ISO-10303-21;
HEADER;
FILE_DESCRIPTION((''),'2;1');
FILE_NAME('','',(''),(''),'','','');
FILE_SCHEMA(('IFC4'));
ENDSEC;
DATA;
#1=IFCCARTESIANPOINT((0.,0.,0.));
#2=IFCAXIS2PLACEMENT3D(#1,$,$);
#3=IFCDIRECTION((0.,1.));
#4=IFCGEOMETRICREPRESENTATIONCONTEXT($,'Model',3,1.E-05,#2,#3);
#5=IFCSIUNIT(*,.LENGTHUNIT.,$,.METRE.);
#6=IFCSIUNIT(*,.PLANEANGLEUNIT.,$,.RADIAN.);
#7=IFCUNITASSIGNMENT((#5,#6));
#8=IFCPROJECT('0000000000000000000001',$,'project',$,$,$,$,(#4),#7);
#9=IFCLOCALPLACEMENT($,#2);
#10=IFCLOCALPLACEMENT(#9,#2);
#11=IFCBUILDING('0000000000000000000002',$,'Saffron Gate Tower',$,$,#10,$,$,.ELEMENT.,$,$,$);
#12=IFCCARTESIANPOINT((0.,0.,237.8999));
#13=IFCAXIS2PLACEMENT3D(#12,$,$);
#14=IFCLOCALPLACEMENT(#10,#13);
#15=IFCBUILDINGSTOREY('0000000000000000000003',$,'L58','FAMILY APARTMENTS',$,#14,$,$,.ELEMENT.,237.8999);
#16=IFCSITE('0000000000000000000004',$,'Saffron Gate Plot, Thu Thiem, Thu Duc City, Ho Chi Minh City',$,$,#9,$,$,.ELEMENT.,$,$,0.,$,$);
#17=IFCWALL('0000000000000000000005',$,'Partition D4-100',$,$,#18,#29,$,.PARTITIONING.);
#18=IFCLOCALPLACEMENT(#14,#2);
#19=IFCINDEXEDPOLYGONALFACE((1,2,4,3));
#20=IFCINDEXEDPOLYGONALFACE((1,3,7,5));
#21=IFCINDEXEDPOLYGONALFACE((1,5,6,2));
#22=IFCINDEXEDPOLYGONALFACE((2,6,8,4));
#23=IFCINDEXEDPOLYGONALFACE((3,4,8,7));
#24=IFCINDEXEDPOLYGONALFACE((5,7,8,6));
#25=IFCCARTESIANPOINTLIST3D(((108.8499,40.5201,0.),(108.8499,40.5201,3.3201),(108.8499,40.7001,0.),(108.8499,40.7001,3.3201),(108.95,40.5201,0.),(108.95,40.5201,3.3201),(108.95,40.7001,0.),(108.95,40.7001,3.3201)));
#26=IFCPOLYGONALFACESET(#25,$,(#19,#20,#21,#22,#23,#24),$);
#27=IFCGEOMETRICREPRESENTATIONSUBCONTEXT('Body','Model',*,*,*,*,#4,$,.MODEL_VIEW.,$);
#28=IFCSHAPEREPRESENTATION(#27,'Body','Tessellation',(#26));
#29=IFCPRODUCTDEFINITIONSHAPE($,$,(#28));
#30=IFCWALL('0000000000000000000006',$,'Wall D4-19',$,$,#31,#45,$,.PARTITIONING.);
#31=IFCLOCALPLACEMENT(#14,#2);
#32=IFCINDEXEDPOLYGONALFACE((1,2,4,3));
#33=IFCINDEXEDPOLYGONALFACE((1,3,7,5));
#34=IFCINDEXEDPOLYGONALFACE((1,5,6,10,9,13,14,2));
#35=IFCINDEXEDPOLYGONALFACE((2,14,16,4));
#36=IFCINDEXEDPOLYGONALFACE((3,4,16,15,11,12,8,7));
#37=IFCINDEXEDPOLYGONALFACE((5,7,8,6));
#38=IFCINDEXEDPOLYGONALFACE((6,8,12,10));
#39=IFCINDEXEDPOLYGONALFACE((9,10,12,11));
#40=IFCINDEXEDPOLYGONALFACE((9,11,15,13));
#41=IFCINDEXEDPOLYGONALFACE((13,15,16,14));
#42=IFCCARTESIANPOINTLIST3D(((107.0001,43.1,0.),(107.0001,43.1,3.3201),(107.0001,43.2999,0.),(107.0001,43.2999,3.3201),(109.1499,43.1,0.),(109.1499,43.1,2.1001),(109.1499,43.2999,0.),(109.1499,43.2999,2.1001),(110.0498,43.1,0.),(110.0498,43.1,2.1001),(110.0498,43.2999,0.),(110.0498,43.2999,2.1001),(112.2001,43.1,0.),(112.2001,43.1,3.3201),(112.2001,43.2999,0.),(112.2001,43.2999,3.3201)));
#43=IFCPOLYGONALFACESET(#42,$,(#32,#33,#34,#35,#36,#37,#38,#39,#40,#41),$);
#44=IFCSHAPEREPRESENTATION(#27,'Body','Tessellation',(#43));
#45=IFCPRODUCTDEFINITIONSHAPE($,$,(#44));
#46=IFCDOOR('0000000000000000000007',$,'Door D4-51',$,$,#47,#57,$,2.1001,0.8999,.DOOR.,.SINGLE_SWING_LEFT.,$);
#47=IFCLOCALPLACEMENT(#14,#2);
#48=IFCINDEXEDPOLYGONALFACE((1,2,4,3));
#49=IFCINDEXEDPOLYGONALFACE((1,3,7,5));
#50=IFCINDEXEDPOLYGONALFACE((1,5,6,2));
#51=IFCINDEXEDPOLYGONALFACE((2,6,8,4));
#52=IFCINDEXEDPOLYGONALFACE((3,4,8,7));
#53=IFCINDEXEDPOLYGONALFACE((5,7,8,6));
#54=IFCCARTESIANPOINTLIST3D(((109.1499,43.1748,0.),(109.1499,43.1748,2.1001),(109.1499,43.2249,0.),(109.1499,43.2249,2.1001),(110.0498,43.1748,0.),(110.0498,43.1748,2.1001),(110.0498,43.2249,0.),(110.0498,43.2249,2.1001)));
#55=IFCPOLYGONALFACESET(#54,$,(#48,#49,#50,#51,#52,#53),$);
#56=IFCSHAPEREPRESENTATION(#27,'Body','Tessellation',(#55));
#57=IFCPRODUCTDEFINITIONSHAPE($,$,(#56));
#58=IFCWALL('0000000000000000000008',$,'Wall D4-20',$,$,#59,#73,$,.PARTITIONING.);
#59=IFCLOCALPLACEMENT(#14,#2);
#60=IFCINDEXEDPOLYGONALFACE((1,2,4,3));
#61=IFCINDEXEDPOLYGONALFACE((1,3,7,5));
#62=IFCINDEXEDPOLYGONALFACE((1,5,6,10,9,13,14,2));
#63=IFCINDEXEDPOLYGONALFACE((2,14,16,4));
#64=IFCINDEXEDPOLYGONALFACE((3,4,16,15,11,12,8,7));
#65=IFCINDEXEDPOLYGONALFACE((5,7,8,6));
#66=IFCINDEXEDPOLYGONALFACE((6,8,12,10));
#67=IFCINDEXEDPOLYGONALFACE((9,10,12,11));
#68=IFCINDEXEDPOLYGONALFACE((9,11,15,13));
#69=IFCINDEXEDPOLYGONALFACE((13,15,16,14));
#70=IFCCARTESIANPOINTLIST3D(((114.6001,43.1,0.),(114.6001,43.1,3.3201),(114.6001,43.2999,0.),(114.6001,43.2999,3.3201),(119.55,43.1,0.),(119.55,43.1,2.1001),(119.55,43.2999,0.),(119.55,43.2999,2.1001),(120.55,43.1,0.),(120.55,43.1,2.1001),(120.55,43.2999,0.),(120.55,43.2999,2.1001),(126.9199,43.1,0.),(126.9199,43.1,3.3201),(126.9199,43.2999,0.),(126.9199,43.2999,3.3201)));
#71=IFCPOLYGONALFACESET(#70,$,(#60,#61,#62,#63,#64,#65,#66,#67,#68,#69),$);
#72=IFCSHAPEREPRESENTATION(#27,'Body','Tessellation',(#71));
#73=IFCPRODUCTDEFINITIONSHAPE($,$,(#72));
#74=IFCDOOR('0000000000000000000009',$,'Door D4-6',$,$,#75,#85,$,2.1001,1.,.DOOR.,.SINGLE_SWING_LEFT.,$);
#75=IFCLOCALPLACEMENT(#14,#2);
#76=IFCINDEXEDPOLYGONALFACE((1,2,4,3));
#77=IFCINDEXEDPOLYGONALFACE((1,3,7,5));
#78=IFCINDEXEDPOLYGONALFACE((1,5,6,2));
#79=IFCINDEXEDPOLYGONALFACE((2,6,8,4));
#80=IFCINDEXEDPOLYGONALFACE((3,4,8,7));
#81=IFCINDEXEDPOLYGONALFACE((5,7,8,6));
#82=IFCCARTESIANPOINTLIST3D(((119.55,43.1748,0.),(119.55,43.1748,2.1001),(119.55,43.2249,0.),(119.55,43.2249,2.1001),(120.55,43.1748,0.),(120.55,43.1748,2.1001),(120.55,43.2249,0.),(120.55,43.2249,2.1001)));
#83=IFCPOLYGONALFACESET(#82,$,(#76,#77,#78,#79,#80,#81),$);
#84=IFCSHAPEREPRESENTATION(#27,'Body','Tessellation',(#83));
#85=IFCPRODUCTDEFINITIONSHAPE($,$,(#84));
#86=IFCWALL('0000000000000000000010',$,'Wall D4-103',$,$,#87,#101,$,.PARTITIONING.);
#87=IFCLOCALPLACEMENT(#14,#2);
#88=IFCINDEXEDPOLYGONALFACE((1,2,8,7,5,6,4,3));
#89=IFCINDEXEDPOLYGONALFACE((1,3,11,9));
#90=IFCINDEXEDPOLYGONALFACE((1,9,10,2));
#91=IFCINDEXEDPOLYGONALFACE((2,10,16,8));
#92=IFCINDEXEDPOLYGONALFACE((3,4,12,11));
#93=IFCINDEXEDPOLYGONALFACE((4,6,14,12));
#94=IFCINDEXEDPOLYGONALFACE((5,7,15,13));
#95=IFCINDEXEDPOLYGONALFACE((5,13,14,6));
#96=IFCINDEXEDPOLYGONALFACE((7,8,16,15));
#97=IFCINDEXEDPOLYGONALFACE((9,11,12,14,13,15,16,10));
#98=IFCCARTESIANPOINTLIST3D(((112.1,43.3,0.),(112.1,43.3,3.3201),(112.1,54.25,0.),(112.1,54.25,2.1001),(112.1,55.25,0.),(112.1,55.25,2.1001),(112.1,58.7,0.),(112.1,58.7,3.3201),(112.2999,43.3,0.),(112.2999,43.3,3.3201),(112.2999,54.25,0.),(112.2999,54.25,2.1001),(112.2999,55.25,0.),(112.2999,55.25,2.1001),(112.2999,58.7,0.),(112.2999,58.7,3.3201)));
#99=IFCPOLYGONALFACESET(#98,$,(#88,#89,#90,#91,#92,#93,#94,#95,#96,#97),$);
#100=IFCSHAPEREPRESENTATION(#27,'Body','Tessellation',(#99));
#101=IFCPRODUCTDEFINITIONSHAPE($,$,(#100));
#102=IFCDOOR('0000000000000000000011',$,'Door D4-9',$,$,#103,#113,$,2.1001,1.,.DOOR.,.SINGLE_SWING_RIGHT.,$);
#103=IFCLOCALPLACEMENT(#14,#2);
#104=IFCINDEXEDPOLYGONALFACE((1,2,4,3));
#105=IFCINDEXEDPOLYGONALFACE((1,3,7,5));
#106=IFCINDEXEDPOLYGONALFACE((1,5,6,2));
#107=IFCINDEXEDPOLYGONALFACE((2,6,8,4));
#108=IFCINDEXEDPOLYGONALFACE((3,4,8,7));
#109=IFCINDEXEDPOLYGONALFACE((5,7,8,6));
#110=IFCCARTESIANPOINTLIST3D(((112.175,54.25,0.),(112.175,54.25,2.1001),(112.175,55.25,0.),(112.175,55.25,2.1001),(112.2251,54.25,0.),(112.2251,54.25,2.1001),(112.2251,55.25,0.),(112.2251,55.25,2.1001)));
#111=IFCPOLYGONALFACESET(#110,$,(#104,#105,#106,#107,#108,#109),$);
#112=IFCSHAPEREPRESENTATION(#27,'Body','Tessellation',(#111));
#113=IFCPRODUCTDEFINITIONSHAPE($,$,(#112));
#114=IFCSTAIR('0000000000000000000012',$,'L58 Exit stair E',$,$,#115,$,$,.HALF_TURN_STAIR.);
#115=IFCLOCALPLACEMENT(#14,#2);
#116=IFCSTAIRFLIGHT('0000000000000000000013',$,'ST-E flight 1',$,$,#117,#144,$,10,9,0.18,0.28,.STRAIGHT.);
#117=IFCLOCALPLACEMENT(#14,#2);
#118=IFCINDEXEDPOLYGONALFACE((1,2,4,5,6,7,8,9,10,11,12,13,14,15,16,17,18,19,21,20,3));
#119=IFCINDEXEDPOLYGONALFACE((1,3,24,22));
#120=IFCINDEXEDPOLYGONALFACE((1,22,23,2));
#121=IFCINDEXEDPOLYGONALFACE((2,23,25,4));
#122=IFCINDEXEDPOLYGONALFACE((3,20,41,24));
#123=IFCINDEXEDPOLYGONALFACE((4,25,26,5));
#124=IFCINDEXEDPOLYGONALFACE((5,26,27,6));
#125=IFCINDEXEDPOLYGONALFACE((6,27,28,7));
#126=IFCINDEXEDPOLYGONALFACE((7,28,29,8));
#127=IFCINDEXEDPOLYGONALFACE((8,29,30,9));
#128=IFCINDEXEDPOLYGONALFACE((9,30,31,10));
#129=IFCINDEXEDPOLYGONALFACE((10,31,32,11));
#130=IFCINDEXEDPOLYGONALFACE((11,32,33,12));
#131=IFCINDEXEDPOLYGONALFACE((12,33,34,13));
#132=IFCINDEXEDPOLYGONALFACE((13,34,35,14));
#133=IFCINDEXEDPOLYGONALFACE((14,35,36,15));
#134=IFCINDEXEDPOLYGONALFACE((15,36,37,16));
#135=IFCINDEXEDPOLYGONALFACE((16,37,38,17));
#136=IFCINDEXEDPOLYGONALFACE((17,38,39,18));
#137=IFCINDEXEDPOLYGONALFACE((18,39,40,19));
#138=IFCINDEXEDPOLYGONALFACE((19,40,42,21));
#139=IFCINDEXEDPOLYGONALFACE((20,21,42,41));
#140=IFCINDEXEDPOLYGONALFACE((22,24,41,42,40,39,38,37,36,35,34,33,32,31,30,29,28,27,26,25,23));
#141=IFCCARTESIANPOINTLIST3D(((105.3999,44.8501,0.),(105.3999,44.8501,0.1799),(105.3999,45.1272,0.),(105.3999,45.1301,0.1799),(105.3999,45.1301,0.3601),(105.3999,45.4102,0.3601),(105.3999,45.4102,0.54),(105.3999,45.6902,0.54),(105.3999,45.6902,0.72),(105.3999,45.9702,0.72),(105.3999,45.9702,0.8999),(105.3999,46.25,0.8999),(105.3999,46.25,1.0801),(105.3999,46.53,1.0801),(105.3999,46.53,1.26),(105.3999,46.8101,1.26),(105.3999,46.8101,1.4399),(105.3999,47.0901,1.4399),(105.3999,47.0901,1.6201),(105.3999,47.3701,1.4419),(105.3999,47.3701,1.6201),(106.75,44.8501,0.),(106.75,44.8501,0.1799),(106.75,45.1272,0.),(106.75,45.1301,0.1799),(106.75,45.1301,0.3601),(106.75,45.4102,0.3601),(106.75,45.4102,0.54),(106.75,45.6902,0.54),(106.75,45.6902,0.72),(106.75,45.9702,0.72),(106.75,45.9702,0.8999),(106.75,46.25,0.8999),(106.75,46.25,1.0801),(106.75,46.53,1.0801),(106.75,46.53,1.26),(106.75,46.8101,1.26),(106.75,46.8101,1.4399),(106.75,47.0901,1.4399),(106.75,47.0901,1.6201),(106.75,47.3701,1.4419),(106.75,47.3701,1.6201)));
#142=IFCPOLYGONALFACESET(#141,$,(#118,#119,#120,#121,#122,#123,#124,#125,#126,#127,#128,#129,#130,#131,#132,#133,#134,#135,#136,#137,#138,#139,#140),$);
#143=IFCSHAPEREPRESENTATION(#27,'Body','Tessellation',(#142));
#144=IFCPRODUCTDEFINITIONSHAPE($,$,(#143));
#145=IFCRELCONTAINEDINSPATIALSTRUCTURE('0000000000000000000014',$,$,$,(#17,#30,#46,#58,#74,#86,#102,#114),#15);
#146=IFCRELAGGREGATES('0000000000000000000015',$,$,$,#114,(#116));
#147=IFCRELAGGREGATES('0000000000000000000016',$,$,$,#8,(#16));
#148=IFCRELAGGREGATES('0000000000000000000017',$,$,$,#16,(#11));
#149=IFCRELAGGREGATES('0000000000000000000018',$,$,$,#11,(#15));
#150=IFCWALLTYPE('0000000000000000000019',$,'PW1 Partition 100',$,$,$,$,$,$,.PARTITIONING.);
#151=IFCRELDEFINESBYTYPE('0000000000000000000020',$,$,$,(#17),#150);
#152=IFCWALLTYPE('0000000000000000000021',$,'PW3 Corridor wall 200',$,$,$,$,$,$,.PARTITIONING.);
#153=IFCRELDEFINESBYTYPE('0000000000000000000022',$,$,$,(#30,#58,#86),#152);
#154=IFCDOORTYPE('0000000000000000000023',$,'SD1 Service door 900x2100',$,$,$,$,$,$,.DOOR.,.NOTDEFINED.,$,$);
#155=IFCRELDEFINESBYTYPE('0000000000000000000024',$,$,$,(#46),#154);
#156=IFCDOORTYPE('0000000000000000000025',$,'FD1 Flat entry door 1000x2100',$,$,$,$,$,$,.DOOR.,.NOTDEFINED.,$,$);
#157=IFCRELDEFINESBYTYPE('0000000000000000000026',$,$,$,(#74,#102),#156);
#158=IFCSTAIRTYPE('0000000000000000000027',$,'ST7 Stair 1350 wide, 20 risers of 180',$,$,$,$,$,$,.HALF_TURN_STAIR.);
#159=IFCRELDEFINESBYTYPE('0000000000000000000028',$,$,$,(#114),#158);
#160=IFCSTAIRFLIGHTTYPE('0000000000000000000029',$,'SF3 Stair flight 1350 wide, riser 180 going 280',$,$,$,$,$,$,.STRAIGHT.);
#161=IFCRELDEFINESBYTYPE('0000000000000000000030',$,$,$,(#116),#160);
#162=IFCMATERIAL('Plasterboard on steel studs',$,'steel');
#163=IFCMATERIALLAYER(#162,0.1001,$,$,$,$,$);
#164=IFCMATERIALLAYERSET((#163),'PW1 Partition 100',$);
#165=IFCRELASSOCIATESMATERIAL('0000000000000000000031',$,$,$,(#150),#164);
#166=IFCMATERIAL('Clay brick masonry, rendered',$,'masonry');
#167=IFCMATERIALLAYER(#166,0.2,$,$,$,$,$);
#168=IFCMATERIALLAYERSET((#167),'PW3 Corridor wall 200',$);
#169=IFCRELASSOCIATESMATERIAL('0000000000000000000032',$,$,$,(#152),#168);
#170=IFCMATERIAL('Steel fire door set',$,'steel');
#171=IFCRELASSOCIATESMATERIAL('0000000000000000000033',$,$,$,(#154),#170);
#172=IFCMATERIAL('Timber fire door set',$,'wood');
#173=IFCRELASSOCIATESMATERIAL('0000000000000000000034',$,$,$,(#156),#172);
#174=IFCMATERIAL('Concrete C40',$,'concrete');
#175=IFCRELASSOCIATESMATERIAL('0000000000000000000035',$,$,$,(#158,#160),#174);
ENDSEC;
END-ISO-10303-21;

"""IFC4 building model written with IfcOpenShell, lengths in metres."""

from ifc_helpers import new_model, si_unit, direction, frame, frame_2d, origin, place, context, subcontext, project, spatial, polyline, rectangle, outline, extrude, material, layer, layer_set, type_object, element, fill, aggregate, save


model = new_model("IFC4")

# Units and contexts
model_context = context("Model", 3, precision=1e-05, world=origin(), true_north=direction((0.0, 1.0)))
body_context = subcontext(model_context, "Body", "Model", "MODEL_VIEW")
ifc_project = project(units=[si_unit("LENGTHUNIT", "METRE"), si_unit("PLANEANGLEUNIT", "RADIAN")], contexts=[model_context])

# Site, building, storey
site_placement = place(None, origin())
site = spatial("IfcSite", under=ifc_project, at=site_placement, Name="Saffron Gate Plot, Thu Thiem, Thu Duc City, Ho Chi Minh City", CompositionType="ELEMENT", RefElevation=0.0)
building_placement = place(site_placement, origin())
building = spatial("IfcBuilding", under=site, at=building_placement, Name="Saffron Gate Tower", CompositionType="ELEMENT")
storey_placement = place(building_placement, frame((0.0, 0.0, 237.8999)))
storey = spatial("IfcBuildingStorey", under=building, at=storey_placement, Name="L58", Description="FAMILY APARTMENTS", CompositionType="ELEMENT", Elevation=237.8999)

# Shared definitions
ifc_material_1 = material(Name="Steel fire door set", Category="steel")

# Shared definitions
ifc_material_2 = material(Name="Plasterboard on steel studs", Category="steel")
ifc_layer_1 = layer(ifc_material_2, 0.1001)
ifc_layer_set_1 = layer_set([ifc_layer_1], Name="PW1 Partition 100")
wall_type_1 = type_object("IfcWallType", Name="PW1 Partition 100", PredefinedType="PARTITIONING", material=ifc_layer_set_1)

# Wall
wall_1_placement = place(storey_placement, frame((108.8999, 40.7, 0.0), z_axis=(0.0, 0.0, 1.0), x_axis=(0.0, -1.0, 0.0)))
element("IfcWall", 1, at=wall_1_placement, inside=storey, type_object=wall_type_1, Name="Partition D4-100", PredefinedType="PARTITIONING", context=body_context, shape_type="SweptSolid", body=[
    extrude(rectangle(XDim=0.1799, YDim=0.1001, at=frame_2d((0.0898, 0.0))), origin(), (0.0, 0.0, 1.0), 3.3201),
])

# Walls, openings, doors
ifc_material_3 = material(Name="Clay brick masonry, rendered", Category="masonry")
ifc_layer_2 = layer(ifc_material_3, 0.2)
ifc_layer_set_2 = layer_set([ifc_layer_2], Name="PW3 Corridor wall 200")
wall_type_2 = type_object("IfcWallType", Name="PW3 Corridor wall 200", PredefinedType="PARTITIONING", material=ifc_layer_set_2)
wall_2_placement = place(storey_placement, frame((107.0, 43.2, 0.0), z_axis=(0.0, 0.0, 1.0), x_axis=(1.0, 0.0, 0.0)))
wall_2 = element("IfcWall", 2, at=wall_2_placement, inside=storey, type_object=wall_type_2, Name="Wall D4-19", PredefinedType="PARTITIONING", context=body_context, shape_type="SweptSolid", body=[
    extrude(rectangle(XDim=5.2, YDim=0.2, at=frame_2d((2.6001, 0.0))), origin(), (0.0, 0.0, 1.0), 3.3201),
])
opening_1_placement = place(wall_2_placement, frame((2.1499, 0.0, 0.0)))
opening_1 = element("IfcOpeningElement", 3, at=opening_1_placement, cuts=wall_2, PredefinedType="OPENING", context=body_context, shape_type="SweptSolid", body=[
    extrude(rectangle(XDim=0.8999, YDim=2.1001, at=frame_2d((0.45, 1.05))), frame((0.0, 0.1099, 0.0), z_axis=(0.0, -1.0, 0.0), x_axis=(1.0, 0.0, 0.0)), (0.0, 0.0, 1.0), 0.22),
])
door_type_1 = type_object("IfcDoorType", Name="SD1 Service door 900x2100", OperationType="NOTDEFINED", PredefinedType="DOOR", material=ifc_material_1)
door_1_placement = place(opening_1_placement, origin())
door_1 = element("IfcDoor", 4, at=door_1_placement, inside=storey, type_object=door_type_1, Name="Door D4-51", OperationType="SINGLE_SWING_LEFT", OverallHeight=2.1001, OverallWidth=0.8999, PredefinedType="DOOR", context=body_context, shape_type="SweptSolid", body=[
    extrude(rectangle(XDim=0.8999, YDim=2.1001, at=frame_2d((0.45, 1.05))), frame((0.0, 0.0249, 0.0), z_axis=(0.0, -1.0, 0.0), x_axis=(1.0, 0.0, 0.0)), (0.0, 0.0, 1.0), 0.05),
])
fill(opening_1, door_1)
wall_3_placement = place(storey_placement, frame((114.6001, 43.2, 0.0), z_axis=(0.0, 0.0, 1.0), x_axis=(1.0, 0.0, 0.0)))
wall_3 = element("IfcWall", 5, at=wall_3_placement, inside=storey, type_object=wall_type_2, Name="Wall D4-20", PredefinedType="PARTITIONING", context=body_context, shape_type="SweptSolid", body=[
    extrude(rectangle(XDim=12.3198, YDim=0.2, at=frame_2d((6.1599, 0.0))), origin(), (0.0, 0.0, 1.0), 3.3201),
])
opening_2_placement = place(wall_3_placement, frame((4.95, 0.0, 0.0)))
opening_2 = element("IfcOpeningElement", 6, at=opening_2_placement, cuts=wall_3, PredefinedType="OPENING", context=body_context, shape_type="SweptSolid", body=[
    extrude(rectangle(XDim=1.0, YDim=2.1001, at=frame_2d((0.5, 1.05))), frame((0.0, 0.1099, 0.0), z_axis=(0.0, -1.0, 0.0), x_axis=(1.0, 0.0, 0.0)), (0.0, 0.0, 1.0), 0.22),
])
ifc_material_4 = material(Name="Timber fire door set", Category="wood")
door_type_2 = type_object("IfcDoorType", Name="FD1 Flat entry door 1000x2100", OperationType="NOTDEFINED", PredefinedType="DOOR", material=ifc_material_4)
door_2_placement = place(opening_2_placement, origin())
door_2 = element("IfcDoor", 7, at=door_2_placement, inside=storey, type_object=door_type_2, Name="Door D4-6", OperationType="SINGLE_SWING_LEFT", OverallHeight=2.1001, OverallWidth=1.0, PredefinedType="DOOR", context=body_context, shape_type="SweptSolid", body=[
    extrude(rectangle(XDim=1.0, YDim=2.1001, at=frame_2d((0.5, 1.05))), frame((0.0, 0.0249, 0.0), z_axis=(0.0, -1.0, 0.0), x_axis=(1.0, 0.0, 0.0)), (0.0, 0.0, 1.0), 0.05),
])
fill(opening_2, door_2)
wall_4_placement = place(storey_placement, frame((112.2, 43.3, 0.0), z_axis=(0.0, 0.0, 1.0), x_axis=(0.0, 1.0, 0.0)))
wall_4 = element("IfcWall", 8, at=wall_4_placement, inside=storey, type_object=wall_type_2, Name="Wall D4-103", PredefinedType="PARTITIONING", context=body_context, shape_type="SweptSolid", body=[
    extrude(rectangle(XDim=15.3999, YDim=0.2, at=frame_2d((7.7, 0.0))), origin(), (0.0, 0.0, 1.0), 3.3201),
])
opening_3_placement = place(wall_4_placement, frame((10.95, 0.0, 0.0)))
opening_3 = element("IfcOpeningElement", 9, at=opening_3_placement, cuts=wall_4, PredefinedType="OPENING", context=body_context, shape_type="SweptSolid", body=[
    extrude(rectangle(XDim=1.0, YDim=2.1001, at=frame_2d((0.5, 1.05))), frame((0.0, 0.1099, 0.0), z_axis=(0.0, -1.0, 0.0), x_axis=(1.0, 0.0, 0.0)), (0.0, 0.0, 1.0), 0.22),
])
door_3_placement = place(opening_3_placement, origin())
door_3 = element("IfcDoor", 10, at=door_3_placement, inside=storey, type_object=door_type_2, Name="Door D4-9", OperationType="SINGLE_SWING_RIGHT", OverallHeight=2.1001, OverallWidth=1.0, PredefinedType="DOOR", context=body_context, shape_type="SweptSolid", body=[
    extrude(rectangle(XDim=1.0, YDim=2.1001, at=frame_2d((0.5, 1.05))), frame((0.0, 0.0249, 0.0), z_axis=(0.0, -1.0, 0.0), x_axis=(1.0, 0.0, 0.0)), (0.0, 0.0, 1.0), 0.05),
])
fill(opening_3, door_3)

# Stair, stair flight
ifc_material_5 = material(Name="Concrete C40", Category="concrete")
stair_type = type_object("IfcStairType", Name="ST7 Stair 1350 wide, 20 risers of 180", PredefinedType="HALF_TURN_STAIR", material=ifc_material_5)
stair_placement = place(storey_placement, origin())
stair = element("IfcStair", 11, at=stair_placement, inside=storey, type_object=stair_type, Name="L58 Exit stair E", PredefinedType="HALF_TURN_STAIR")
stair_flight_type = type_object("IfcStairFlightType", Name="SF3 Stair flight 1350 wide, riser 180 going 280", PredefinedType="STRAIGHT", material=ifc_material_5)
stair_flight_placement = place(storey_placement, frame((106.075, 44.8501, 0.0), z_axis=(0.0, 0.0, 1.0), x_axis=(0.0, 1.0, 0.0)))
stair_flight = element("IfcStairFlight", 12, at=stair_flight_placement, type_object=stair_flight_type, Name="ST-E flight 1", NumberOfRisers=10, NumberOfTreads=9, PredefinedType="STRAIGHT", RiserHeight=0.18, TreadLength=0.28, context=body_context, shape_type="SweptSolid", body=[
    extrude(outline(polyline([(0.0, 0.0), (0.0, 0.1799), (0.28, 0.1799), (0.28, 0.3601), (0.5601, 0.3601), (0.5601, 0.54), (0.8401, 0.54), (0.8401, 0.72), (1.1201, 0.72), (1.1201, 0.8999), (1.3999, 0.8999), (1.3999, 1.0801), (1.6799, 1.0801), (1.6799, 1.26), (1.96, 1.26), (1.96, 1.4399), (2.24, 1.4399), (2.24, 1.6201), (2.52, 1.6201), (2.52, 1.8), (2.52, 1.4419), (0.2771, 0.0), (0.0, 0.0)])), frame((0.0, 0.675, 0.0), z_axis=(0.0, -1.0, 0.0), x_axis=(1.0, 0.0, 0.0)), (0.0, 0.0, 1.0), 1.3501),
])
aggregate(stair, [stair_flight])

save(model, "model.ifc")
